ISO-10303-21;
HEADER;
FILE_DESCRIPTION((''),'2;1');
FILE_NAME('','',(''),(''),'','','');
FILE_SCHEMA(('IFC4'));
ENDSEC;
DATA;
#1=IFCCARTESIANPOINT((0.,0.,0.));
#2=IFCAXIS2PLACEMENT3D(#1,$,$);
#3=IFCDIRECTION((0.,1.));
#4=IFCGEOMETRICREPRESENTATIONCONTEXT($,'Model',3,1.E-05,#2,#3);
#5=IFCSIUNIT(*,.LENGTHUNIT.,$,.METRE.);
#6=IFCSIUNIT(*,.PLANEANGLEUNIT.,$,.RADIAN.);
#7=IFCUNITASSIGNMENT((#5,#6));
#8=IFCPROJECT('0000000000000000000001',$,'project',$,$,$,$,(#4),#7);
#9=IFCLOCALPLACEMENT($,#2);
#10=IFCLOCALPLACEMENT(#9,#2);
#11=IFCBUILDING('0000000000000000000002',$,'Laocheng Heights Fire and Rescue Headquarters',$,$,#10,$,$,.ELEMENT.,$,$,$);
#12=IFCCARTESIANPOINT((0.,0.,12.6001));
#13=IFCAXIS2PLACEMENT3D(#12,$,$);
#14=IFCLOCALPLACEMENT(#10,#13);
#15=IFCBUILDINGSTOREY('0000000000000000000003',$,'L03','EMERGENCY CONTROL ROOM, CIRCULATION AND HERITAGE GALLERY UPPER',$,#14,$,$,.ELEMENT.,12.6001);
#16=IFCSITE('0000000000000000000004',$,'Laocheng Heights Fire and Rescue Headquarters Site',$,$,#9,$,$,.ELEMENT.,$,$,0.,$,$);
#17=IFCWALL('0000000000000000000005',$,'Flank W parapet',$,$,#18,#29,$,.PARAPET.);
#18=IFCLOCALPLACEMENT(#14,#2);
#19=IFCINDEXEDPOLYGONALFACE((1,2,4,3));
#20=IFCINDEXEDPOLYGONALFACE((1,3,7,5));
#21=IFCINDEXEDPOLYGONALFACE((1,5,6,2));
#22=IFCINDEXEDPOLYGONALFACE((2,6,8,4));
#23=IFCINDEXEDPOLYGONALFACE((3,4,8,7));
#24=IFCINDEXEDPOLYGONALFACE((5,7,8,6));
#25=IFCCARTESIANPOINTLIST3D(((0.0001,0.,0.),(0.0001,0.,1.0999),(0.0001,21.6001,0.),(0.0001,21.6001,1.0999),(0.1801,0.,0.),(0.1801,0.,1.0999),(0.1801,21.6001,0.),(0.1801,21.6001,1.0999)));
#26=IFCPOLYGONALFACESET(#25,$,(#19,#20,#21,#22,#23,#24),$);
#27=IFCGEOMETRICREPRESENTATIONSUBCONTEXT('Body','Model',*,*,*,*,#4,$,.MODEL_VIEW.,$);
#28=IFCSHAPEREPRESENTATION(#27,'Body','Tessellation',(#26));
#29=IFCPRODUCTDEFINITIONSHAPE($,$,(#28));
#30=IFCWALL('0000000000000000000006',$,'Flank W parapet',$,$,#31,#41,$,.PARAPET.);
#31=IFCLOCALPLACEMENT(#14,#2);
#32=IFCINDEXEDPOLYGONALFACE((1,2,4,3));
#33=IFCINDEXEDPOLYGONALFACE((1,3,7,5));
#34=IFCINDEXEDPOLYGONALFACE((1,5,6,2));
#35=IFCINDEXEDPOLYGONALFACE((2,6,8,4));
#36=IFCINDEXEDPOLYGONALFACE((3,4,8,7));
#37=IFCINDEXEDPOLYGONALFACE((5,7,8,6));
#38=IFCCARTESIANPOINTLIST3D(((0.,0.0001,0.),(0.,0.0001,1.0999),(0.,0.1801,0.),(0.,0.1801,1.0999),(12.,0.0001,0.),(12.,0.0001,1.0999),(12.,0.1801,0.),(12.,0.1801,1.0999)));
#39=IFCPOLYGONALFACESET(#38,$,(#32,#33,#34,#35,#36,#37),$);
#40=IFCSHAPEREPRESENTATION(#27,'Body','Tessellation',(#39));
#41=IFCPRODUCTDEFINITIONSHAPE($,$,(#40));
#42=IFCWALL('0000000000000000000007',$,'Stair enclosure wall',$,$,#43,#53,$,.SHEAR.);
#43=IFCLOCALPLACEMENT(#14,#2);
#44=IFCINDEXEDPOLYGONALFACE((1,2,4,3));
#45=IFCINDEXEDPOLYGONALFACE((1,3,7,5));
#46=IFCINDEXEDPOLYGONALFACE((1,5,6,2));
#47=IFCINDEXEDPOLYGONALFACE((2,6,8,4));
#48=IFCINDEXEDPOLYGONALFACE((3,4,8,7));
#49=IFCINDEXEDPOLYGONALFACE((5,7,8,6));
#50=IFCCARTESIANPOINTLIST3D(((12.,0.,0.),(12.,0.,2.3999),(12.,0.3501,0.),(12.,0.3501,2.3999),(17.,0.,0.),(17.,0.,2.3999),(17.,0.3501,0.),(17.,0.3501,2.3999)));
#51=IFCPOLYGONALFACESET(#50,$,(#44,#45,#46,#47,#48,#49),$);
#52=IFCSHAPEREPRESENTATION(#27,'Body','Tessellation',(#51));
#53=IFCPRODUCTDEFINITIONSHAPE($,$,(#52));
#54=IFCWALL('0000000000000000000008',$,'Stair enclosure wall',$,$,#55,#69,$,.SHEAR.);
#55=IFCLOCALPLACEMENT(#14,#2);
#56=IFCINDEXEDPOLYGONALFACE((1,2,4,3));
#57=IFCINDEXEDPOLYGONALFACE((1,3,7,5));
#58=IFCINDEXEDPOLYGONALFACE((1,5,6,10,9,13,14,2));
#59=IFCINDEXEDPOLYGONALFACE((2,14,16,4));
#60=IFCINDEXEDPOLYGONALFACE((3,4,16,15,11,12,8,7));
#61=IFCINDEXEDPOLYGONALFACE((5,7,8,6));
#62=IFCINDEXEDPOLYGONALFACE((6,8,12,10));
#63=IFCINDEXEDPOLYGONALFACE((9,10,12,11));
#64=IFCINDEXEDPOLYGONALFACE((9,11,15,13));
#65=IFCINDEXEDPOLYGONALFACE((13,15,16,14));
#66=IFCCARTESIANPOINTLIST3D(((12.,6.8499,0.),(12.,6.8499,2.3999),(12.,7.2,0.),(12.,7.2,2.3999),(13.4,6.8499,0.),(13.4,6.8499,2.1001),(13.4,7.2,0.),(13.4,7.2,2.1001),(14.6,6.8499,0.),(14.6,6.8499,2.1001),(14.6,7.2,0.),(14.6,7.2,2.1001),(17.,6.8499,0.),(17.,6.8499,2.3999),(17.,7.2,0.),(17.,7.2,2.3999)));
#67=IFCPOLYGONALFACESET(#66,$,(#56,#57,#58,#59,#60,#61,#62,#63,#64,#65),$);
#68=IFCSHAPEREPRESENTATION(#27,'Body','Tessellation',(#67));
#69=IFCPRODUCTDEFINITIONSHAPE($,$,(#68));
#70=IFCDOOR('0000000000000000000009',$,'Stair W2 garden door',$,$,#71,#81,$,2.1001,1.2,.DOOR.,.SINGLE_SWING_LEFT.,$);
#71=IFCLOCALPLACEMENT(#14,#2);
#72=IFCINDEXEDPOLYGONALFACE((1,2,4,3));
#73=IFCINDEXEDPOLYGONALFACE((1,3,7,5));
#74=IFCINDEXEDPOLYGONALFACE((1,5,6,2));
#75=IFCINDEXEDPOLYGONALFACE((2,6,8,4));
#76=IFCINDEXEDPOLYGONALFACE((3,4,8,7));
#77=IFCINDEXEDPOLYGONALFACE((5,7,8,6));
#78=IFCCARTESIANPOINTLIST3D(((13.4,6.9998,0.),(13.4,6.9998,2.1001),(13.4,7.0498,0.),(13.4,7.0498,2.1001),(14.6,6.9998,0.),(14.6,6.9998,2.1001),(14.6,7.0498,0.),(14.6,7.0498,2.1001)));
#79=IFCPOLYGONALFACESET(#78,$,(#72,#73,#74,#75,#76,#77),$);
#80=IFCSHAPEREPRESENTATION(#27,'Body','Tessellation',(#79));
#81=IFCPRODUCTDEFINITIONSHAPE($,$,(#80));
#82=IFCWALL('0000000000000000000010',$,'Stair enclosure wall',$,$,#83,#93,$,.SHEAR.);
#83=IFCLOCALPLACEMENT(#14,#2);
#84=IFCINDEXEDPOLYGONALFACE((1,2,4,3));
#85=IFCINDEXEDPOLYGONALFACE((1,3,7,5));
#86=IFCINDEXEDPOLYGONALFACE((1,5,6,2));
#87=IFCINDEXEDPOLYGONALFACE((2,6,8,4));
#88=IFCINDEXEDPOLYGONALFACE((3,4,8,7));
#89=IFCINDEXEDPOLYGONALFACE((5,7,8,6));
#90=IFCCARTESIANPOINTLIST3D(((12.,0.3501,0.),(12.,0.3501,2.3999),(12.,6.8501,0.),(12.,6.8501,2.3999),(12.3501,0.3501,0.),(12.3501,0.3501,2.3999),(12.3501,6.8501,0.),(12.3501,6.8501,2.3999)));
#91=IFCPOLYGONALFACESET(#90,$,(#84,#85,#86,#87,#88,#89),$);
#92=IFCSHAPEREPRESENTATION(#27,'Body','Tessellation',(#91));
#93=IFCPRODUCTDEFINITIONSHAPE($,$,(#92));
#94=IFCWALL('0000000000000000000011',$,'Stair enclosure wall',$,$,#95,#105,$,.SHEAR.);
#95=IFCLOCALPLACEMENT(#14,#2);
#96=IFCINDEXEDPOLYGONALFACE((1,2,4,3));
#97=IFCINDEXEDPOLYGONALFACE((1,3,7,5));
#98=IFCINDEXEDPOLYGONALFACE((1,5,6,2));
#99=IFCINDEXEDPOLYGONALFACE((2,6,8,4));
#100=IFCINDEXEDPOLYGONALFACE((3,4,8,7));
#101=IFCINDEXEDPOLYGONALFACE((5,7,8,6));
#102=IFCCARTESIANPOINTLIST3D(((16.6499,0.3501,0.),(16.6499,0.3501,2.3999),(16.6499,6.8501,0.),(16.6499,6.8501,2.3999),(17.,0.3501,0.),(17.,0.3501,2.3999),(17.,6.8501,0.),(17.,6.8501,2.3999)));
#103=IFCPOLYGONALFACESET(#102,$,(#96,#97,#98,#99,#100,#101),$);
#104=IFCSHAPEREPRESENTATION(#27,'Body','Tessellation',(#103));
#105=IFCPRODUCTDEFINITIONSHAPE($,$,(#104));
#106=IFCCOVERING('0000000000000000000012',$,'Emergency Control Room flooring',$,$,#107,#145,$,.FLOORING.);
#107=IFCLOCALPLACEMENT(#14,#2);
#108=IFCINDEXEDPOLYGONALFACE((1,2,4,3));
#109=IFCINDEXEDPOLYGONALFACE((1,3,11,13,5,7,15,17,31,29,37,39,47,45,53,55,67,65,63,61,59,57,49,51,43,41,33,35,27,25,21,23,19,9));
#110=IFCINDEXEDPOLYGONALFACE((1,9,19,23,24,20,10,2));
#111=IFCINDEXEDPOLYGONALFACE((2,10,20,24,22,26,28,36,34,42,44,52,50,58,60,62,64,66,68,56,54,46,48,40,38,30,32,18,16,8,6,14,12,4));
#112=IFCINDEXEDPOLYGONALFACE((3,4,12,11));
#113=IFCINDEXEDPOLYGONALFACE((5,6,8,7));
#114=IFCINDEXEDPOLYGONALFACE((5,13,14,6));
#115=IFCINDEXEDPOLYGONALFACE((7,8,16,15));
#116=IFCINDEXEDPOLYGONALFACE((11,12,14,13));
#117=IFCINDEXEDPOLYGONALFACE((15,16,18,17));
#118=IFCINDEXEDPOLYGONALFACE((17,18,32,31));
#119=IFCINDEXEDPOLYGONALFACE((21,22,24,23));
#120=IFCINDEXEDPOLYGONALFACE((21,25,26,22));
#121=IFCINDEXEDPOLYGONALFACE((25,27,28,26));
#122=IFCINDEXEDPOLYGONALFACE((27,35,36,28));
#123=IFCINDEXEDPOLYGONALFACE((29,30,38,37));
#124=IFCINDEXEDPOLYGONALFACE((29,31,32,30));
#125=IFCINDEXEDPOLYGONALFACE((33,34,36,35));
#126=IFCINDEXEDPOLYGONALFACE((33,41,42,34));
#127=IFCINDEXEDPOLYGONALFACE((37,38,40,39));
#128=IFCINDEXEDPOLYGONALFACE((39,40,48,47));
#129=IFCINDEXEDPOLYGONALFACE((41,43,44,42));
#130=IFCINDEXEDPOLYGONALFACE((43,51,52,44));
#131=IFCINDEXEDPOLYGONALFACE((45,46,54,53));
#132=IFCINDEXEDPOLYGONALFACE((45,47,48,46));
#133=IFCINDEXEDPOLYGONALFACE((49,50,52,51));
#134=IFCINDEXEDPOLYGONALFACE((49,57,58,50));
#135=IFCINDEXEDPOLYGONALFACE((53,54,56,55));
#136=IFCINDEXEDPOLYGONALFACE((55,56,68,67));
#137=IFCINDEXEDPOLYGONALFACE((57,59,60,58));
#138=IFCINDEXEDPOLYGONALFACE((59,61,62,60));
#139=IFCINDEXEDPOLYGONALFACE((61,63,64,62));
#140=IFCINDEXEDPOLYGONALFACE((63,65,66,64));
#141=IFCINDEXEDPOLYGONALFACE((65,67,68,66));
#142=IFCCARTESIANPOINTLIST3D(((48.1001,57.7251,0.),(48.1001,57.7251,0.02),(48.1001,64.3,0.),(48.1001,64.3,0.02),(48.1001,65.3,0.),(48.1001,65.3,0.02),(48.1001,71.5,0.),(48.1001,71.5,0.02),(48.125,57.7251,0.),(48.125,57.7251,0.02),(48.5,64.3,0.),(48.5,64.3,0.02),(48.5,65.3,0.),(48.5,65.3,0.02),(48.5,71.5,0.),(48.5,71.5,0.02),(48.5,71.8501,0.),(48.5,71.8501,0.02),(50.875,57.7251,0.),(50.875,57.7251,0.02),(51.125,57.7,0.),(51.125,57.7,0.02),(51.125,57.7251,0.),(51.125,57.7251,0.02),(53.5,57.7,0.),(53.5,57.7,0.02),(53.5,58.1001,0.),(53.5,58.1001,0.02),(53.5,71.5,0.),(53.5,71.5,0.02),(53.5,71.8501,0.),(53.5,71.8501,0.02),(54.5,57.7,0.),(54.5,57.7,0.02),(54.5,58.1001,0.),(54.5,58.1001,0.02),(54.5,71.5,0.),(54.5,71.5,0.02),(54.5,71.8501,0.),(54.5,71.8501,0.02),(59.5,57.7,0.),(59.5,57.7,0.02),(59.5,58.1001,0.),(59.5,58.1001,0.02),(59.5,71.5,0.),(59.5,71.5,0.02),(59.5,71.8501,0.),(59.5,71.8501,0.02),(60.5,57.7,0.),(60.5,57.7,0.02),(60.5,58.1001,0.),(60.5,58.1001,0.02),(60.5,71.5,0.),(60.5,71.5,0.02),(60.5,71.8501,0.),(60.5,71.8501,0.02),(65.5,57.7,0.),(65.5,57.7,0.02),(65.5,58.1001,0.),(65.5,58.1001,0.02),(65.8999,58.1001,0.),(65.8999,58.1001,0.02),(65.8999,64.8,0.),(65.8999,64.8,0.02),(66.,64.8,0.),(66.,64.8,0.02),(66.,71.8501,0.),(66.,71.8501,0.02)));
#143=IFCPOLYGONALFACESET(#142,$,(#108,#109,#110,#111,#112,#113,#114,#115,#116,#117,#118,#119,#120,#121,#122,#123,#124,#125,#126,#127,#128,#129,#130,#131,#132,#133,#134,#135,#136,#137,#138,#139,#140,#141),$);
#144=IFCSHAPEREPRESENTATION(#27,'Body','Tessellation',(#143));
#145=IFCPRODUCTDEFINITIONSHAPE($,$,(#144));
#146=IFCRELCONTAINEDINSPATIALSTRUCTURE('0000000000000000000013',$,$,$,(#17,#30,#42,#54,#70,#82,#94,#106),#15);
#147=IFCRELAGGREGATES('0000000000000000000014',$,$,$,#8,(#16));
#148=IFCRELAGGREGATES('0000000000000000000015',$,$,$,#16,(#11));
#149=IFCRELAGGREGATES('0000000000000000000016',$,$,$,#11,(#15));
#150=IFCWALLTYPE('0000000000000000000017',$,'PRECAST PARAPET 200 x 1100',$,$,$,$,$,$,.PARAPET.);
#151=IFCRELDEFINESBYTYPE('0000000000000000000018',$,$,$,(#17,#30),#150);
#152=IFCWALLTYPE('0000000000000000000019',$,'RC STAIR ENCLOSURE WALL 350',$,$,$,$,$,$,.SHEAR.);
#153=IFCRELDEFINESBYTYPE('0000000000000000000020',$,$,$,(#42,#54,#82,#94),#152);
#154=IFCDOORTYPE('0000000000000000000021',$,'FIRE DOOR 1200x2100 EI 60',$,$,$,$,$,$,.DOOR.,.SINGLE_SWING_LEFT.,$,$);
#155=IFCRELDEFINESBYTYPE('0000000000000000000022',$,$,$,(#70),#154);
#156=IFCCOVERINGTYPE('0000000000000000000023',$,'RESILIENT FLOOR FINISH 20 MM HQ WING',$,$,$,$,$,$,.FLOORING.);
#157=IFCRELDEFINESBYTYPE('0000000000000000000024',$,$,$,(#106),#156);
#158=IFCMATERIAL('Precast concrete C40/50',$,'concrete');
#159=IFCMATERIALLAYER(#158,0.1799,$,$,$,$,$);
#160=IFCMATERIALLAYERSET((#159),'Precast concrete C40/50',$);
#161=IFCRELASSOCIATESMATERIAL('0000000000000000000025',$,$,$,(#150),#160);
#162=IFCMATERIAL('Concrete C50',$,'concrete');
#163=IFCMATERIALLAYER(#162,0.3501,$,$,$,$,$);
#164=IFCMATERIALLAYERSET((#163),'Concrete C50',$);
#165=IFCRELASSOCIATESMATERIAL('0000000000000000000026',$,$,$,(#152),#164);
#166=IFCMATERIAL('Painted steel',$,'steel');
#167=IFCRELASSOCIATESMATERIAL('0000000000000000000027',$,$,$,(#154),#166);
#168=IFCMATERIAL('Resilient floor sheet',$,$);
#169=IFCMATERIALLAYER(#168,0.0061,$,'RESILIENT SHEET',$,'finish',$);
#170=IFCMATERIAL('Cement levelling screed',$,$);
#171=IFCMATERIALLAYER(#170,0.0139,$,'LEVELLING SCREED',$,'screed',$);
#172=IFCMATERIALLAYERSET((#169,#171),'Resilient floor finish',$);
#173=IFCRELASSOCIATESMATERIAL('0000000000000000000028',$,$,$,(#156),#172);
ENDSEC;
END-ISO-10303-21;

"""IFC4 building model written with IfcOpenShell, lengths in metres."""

from ifc_helpers import new_model, si_unit, direction, frame, frame_2d, origin, place, context, subcontext, project, spatial, polyline, rectangle, outline, extrude, material, layer, layer_set, type_object, element, fill, save


model = new_model("IFC4")

# Units and contexts
model_context = context("Model", 3, precision=1e-05, world=origin(), true_north=direction((0.0, 1.0)))
body_context = subcontext(model_context, "Body", "Model", "MODEL_VIEW")
ifc_project = project(units=[si_unit("LENGTHUNIT", "METRE"), si_unit("PLANEANGLEUNIT", "RADIAN")], contexts=[model_context])

# Site, building, storey
site_placement = place(None, origin())
site = spatial("IfcSite", under=ifc_project, at=site_placement, Name="Laocheng Heights Fire and Rescue Headquarters Site", CompositionType="ELEMENT", RefElevation=0.0)
building_placement = place(site_placement, origin())
building = spatial("IfcBuilding", under=site, at=building_placement, Name="Laocheng Heights Fire and Rescue Headquarters", CompositionType="ELEMENT")
storey_placement = place(building_placement, frame((0.0, 0.0, 12.6001)))
storey = spatial("IfcBuildingStorey", under=building, at=storey_placement, Name="L03", Description="EMERGENCY CONTROL ROOM, CIRCULATION AND HERITAGE GALLERY UPPER", CompositionType="ELEMENT", Elevation=12.6001)

# Walls
ifc_material_1 = material(Name="Precast concrete C40/50", Category="concrete")
ifc_layer_1 = layer(ifc_material_1, 0.1799)
ifc_layer_set_1 = layer_set([ifc_layer_1], Name="Precast concrete C40/50")
wall_type_1 = type_object("IfcWallType", Name="PRECAST PARAPET 200 x 1100", PredefinedType="PARAPET", material=ifc_layer_set_1)
wall_1_placement = place(storey_placement, frame((0.0901, 0.0, 0.0), z_axis=(0.0, 0.0, 1.0), x_axis=(0.0, 1.0, 0.0)))
element("IfcWall", 1, at=wall_1_placement, inside=storey, type_object=wall_type_1, Name="Flank W parapet", PredefinedType="PARAPET", context=body_context, shape_type="SweptSolid", body=[
    extrude(rectangle(XDim=21.6001, YDim=0.1799, at=frame_2d((10.8, 0.0))), origin(), (0.0, 0.0, 1.0), 1.0999),
])
wall_2_placement = place(storey_placement, frame((0.0, 0.0901, 0.0), z_axis=(0.0, 0.0, 1.0), x_axis=(1.0, 0.0, 0.0)))
element("IfcWall", 2, at=wall_2_placement, inside=storey, type_object=wall_type_1, Name="Flank W parapet", PredefinedType="PARAPET", context=body_context, shape_type="SweptSolid", body=[
    extrude(rectangle(XDim=12.0, YDim=0.1799, at=frame_2d((6.0, 0.0))), origin(), (0.0, 0.0, 1.0), 1.0999),
])
ifc_material_2 = material(Name="Concrete C50", Category="concrete")
ifc_layer_2 = layer(ifc_material_2, 0.3501)
ifc_layer_set_2 = layer_set([ifc_layer_2], Name="Concrete C50")
wall_type_2 = type_object("IfcWallType", Name="RC STAIR ENCLOSURE WALL 350", PredefinedType="SHEAR", material=ifc_layer_set_2)
wall_3_placement = place(storey_placement, frame((12.0, 0.175, 0.0), z_axis=(0.0, 0.0, 1.0), x_axis=(1.0, 0.0, 0.0)))
element("IfcWall", 3, at=wall_3_placement, inside=storey, type_object=wall_type_2, Name="Stair enclosure wall", PredefinedType="SHEAR", context=body_context, shape_type="SweptSolid", body=[
    extrude(rectangle(XDim=5.0, YDim=0.3501, at=frame_2d((2.5, 0.0))), origin(), (0.0, 0.0, 1.0), 2.3999),
])

# Wall, opening, door
wall_4_placement = place(storey_placement, frame((12.0, 7.0249, 0.0), z_axis=(0.0, 0.0, 1.0), x_axis=(1.0, 0.0, 0.0)))
wall_4 = element("IfcWall", 4, at=wall_4_placement, inside=storey, type_object=wall_type_2, Name="Stair enclosure wall", PredefinedType="SHEAR", context=body_context, shape_type="SweptSolid", body=[
    extrude(rectangle(XDim=5.0, YDim=0.3501, at=frame_2d((2.5, 0.0))), origin(), (0.0, 0.0, 1.0), 2.3999),
])
opening_placement = place(wall_4_placement, frame((1.3999, 0.0, 0.0)))
opening = element("IfcOpeningElement", 5, at=opening_placement, cuts=wall_4, PredefinedType="OPENING", context=body_context, shape_type="SweptSolid", body=[
    extrude(rectangle(XDim=1.2, YDim=2.1001, at=frame_2d((0.6001, 1.05))), frame((0.0, 0.1851, 0.0), z_axis=(0.0, -1.0, 0.0), x_axis=(1.0, 0.0, 0.0)), (0.0, 0.0, 1.0), 0.3701),
])
ifc_material_3 = material(Name="Painted steel", Category="steel")
door_type = type_object("IfcDoorType", Name="FIRE DOOR 1200x2100 EI 60", OperationType="SINGLE_SWING_LEFT", PredefinedType="DOOR", material=ifc_material_3)
door_placement = place(opening_placement, origin())
door = element("IfcDoor", 6, at=door_placement, inside=storey, type_object=door_type, Name="Stair W2 garden door", OperationType="SINGLE_SWING_LEFT", OverallHeight=2.1001, OverallWidth=1.2, PredefinedType="DOOR", context=body_context, shape_type="SweptSolid", body=[
    extrude(rectangle(XDim=1.2, YDim=2.1001, at=frame_2d((0.6001, 1.05))), frame((0.0, 0.0249, 0.0), z_axis=(0.0, -1.0, 0.0), x_axis=(1.0, 0.0, 0.0)), (0.0, 0.0, 1.0), 0.05),
])
fill(opening, door)

# Walls
for number, where, z_axis, x_axis, name in (
    (7, (12.175, 0.3501, 0.0), (0.0, 0.0, 1.0), (0.0, 1.0, 0.0), "Stair enclosure wall"),
    (8, (16.825, 0.3501, 0.0), (0.0, 0.0, 1.0), (0.0, 1.0, 0.0), "Stair enclosure wall"),
):
    element("IfcWall", number, at=place(storey_placement, frame(where, z_axis=z_axis, x_axis=x_axis)), inside=storey, type_object=wall_type_2, Name=name, PredefinedType="SHEAR", context=body_context, shape_type="SweptSolid", body=[
        extrude(rectangle(XDim=6.5, YDim=0.3501, at=frame_2d((3.25, 0.0))), origin(), (0.0, 0.0, 1.0), 2.3999),
    ])

# Covering
ifc_material_4 = material(Name="Resilient floor sheet")
ifc_layer_3 = layer(ifc_material_4, 0.0061, Name="RESILIENT SHEET", Category="finish")
ifc_material_5 = material(Name="Cement levelling screed")
ifc_layer_4 = layer(ifc_material_5, 0.0139, Name="LEVELLING SCREED", Category="screed")
ifc_layer_set_3 = layer_set([ifc_layer_3, ifc_layer_4], Name="Resilient floor finish")
covering_type_1 = type_object("IfcCoveringType", Name="RESILIENT FLOOR FINISH 20 MM HQ WING", PredefinedType="FLOORING", material=ifc_layer_set_3)
covering_1_placement = place(storey_placement, origin())
element("IfcCovering", 9, at=covering_1_placement, inside=storey, type_object=covering_type_1, Name="Emergency Control Room flooring", PredefinedType="FLOORING", context=body_context, shape_type="SweptSolid", body=[
    extrude(outline(polyline([(65.8999, 64.8), (65.8999, 58.1001), (65.5, 58.1001), (65.5, 57.7), (60.5, 57.7), (60.5, 58.1001), (59.5, 58.1001), (59.5, 57.7), (54.5, 57.7), (54.5, 58.1001), (53.5, 58.1001), (53.5, 57.7), (51.125, 57.7), (51.125, 57.7251), (50.875, 57.7251), (48.125, 57.7251), (48.1001, 57.7251), (48.1001, 64.3), (48.5, 64.3), (48.5, 65.3), (48.1001, 65.3), (48.1001, 71.5), (48.5, 71.5), (48.5, 71.8501), (53.5, 71.8501), (53.5, 71.5), (54.5, 71.5), (54.5, 71.8501), (59.5, 71.8501), (59.5, 71.5), (60.5, 71.5), (60.5, 71.8501), (66.0, 71.8501), (66.0, 64.8), (65.8999, 64.8)])), origin(), (0.0, 0.0, 1.0), 0.02),
])

save(model, "model.ifc")
